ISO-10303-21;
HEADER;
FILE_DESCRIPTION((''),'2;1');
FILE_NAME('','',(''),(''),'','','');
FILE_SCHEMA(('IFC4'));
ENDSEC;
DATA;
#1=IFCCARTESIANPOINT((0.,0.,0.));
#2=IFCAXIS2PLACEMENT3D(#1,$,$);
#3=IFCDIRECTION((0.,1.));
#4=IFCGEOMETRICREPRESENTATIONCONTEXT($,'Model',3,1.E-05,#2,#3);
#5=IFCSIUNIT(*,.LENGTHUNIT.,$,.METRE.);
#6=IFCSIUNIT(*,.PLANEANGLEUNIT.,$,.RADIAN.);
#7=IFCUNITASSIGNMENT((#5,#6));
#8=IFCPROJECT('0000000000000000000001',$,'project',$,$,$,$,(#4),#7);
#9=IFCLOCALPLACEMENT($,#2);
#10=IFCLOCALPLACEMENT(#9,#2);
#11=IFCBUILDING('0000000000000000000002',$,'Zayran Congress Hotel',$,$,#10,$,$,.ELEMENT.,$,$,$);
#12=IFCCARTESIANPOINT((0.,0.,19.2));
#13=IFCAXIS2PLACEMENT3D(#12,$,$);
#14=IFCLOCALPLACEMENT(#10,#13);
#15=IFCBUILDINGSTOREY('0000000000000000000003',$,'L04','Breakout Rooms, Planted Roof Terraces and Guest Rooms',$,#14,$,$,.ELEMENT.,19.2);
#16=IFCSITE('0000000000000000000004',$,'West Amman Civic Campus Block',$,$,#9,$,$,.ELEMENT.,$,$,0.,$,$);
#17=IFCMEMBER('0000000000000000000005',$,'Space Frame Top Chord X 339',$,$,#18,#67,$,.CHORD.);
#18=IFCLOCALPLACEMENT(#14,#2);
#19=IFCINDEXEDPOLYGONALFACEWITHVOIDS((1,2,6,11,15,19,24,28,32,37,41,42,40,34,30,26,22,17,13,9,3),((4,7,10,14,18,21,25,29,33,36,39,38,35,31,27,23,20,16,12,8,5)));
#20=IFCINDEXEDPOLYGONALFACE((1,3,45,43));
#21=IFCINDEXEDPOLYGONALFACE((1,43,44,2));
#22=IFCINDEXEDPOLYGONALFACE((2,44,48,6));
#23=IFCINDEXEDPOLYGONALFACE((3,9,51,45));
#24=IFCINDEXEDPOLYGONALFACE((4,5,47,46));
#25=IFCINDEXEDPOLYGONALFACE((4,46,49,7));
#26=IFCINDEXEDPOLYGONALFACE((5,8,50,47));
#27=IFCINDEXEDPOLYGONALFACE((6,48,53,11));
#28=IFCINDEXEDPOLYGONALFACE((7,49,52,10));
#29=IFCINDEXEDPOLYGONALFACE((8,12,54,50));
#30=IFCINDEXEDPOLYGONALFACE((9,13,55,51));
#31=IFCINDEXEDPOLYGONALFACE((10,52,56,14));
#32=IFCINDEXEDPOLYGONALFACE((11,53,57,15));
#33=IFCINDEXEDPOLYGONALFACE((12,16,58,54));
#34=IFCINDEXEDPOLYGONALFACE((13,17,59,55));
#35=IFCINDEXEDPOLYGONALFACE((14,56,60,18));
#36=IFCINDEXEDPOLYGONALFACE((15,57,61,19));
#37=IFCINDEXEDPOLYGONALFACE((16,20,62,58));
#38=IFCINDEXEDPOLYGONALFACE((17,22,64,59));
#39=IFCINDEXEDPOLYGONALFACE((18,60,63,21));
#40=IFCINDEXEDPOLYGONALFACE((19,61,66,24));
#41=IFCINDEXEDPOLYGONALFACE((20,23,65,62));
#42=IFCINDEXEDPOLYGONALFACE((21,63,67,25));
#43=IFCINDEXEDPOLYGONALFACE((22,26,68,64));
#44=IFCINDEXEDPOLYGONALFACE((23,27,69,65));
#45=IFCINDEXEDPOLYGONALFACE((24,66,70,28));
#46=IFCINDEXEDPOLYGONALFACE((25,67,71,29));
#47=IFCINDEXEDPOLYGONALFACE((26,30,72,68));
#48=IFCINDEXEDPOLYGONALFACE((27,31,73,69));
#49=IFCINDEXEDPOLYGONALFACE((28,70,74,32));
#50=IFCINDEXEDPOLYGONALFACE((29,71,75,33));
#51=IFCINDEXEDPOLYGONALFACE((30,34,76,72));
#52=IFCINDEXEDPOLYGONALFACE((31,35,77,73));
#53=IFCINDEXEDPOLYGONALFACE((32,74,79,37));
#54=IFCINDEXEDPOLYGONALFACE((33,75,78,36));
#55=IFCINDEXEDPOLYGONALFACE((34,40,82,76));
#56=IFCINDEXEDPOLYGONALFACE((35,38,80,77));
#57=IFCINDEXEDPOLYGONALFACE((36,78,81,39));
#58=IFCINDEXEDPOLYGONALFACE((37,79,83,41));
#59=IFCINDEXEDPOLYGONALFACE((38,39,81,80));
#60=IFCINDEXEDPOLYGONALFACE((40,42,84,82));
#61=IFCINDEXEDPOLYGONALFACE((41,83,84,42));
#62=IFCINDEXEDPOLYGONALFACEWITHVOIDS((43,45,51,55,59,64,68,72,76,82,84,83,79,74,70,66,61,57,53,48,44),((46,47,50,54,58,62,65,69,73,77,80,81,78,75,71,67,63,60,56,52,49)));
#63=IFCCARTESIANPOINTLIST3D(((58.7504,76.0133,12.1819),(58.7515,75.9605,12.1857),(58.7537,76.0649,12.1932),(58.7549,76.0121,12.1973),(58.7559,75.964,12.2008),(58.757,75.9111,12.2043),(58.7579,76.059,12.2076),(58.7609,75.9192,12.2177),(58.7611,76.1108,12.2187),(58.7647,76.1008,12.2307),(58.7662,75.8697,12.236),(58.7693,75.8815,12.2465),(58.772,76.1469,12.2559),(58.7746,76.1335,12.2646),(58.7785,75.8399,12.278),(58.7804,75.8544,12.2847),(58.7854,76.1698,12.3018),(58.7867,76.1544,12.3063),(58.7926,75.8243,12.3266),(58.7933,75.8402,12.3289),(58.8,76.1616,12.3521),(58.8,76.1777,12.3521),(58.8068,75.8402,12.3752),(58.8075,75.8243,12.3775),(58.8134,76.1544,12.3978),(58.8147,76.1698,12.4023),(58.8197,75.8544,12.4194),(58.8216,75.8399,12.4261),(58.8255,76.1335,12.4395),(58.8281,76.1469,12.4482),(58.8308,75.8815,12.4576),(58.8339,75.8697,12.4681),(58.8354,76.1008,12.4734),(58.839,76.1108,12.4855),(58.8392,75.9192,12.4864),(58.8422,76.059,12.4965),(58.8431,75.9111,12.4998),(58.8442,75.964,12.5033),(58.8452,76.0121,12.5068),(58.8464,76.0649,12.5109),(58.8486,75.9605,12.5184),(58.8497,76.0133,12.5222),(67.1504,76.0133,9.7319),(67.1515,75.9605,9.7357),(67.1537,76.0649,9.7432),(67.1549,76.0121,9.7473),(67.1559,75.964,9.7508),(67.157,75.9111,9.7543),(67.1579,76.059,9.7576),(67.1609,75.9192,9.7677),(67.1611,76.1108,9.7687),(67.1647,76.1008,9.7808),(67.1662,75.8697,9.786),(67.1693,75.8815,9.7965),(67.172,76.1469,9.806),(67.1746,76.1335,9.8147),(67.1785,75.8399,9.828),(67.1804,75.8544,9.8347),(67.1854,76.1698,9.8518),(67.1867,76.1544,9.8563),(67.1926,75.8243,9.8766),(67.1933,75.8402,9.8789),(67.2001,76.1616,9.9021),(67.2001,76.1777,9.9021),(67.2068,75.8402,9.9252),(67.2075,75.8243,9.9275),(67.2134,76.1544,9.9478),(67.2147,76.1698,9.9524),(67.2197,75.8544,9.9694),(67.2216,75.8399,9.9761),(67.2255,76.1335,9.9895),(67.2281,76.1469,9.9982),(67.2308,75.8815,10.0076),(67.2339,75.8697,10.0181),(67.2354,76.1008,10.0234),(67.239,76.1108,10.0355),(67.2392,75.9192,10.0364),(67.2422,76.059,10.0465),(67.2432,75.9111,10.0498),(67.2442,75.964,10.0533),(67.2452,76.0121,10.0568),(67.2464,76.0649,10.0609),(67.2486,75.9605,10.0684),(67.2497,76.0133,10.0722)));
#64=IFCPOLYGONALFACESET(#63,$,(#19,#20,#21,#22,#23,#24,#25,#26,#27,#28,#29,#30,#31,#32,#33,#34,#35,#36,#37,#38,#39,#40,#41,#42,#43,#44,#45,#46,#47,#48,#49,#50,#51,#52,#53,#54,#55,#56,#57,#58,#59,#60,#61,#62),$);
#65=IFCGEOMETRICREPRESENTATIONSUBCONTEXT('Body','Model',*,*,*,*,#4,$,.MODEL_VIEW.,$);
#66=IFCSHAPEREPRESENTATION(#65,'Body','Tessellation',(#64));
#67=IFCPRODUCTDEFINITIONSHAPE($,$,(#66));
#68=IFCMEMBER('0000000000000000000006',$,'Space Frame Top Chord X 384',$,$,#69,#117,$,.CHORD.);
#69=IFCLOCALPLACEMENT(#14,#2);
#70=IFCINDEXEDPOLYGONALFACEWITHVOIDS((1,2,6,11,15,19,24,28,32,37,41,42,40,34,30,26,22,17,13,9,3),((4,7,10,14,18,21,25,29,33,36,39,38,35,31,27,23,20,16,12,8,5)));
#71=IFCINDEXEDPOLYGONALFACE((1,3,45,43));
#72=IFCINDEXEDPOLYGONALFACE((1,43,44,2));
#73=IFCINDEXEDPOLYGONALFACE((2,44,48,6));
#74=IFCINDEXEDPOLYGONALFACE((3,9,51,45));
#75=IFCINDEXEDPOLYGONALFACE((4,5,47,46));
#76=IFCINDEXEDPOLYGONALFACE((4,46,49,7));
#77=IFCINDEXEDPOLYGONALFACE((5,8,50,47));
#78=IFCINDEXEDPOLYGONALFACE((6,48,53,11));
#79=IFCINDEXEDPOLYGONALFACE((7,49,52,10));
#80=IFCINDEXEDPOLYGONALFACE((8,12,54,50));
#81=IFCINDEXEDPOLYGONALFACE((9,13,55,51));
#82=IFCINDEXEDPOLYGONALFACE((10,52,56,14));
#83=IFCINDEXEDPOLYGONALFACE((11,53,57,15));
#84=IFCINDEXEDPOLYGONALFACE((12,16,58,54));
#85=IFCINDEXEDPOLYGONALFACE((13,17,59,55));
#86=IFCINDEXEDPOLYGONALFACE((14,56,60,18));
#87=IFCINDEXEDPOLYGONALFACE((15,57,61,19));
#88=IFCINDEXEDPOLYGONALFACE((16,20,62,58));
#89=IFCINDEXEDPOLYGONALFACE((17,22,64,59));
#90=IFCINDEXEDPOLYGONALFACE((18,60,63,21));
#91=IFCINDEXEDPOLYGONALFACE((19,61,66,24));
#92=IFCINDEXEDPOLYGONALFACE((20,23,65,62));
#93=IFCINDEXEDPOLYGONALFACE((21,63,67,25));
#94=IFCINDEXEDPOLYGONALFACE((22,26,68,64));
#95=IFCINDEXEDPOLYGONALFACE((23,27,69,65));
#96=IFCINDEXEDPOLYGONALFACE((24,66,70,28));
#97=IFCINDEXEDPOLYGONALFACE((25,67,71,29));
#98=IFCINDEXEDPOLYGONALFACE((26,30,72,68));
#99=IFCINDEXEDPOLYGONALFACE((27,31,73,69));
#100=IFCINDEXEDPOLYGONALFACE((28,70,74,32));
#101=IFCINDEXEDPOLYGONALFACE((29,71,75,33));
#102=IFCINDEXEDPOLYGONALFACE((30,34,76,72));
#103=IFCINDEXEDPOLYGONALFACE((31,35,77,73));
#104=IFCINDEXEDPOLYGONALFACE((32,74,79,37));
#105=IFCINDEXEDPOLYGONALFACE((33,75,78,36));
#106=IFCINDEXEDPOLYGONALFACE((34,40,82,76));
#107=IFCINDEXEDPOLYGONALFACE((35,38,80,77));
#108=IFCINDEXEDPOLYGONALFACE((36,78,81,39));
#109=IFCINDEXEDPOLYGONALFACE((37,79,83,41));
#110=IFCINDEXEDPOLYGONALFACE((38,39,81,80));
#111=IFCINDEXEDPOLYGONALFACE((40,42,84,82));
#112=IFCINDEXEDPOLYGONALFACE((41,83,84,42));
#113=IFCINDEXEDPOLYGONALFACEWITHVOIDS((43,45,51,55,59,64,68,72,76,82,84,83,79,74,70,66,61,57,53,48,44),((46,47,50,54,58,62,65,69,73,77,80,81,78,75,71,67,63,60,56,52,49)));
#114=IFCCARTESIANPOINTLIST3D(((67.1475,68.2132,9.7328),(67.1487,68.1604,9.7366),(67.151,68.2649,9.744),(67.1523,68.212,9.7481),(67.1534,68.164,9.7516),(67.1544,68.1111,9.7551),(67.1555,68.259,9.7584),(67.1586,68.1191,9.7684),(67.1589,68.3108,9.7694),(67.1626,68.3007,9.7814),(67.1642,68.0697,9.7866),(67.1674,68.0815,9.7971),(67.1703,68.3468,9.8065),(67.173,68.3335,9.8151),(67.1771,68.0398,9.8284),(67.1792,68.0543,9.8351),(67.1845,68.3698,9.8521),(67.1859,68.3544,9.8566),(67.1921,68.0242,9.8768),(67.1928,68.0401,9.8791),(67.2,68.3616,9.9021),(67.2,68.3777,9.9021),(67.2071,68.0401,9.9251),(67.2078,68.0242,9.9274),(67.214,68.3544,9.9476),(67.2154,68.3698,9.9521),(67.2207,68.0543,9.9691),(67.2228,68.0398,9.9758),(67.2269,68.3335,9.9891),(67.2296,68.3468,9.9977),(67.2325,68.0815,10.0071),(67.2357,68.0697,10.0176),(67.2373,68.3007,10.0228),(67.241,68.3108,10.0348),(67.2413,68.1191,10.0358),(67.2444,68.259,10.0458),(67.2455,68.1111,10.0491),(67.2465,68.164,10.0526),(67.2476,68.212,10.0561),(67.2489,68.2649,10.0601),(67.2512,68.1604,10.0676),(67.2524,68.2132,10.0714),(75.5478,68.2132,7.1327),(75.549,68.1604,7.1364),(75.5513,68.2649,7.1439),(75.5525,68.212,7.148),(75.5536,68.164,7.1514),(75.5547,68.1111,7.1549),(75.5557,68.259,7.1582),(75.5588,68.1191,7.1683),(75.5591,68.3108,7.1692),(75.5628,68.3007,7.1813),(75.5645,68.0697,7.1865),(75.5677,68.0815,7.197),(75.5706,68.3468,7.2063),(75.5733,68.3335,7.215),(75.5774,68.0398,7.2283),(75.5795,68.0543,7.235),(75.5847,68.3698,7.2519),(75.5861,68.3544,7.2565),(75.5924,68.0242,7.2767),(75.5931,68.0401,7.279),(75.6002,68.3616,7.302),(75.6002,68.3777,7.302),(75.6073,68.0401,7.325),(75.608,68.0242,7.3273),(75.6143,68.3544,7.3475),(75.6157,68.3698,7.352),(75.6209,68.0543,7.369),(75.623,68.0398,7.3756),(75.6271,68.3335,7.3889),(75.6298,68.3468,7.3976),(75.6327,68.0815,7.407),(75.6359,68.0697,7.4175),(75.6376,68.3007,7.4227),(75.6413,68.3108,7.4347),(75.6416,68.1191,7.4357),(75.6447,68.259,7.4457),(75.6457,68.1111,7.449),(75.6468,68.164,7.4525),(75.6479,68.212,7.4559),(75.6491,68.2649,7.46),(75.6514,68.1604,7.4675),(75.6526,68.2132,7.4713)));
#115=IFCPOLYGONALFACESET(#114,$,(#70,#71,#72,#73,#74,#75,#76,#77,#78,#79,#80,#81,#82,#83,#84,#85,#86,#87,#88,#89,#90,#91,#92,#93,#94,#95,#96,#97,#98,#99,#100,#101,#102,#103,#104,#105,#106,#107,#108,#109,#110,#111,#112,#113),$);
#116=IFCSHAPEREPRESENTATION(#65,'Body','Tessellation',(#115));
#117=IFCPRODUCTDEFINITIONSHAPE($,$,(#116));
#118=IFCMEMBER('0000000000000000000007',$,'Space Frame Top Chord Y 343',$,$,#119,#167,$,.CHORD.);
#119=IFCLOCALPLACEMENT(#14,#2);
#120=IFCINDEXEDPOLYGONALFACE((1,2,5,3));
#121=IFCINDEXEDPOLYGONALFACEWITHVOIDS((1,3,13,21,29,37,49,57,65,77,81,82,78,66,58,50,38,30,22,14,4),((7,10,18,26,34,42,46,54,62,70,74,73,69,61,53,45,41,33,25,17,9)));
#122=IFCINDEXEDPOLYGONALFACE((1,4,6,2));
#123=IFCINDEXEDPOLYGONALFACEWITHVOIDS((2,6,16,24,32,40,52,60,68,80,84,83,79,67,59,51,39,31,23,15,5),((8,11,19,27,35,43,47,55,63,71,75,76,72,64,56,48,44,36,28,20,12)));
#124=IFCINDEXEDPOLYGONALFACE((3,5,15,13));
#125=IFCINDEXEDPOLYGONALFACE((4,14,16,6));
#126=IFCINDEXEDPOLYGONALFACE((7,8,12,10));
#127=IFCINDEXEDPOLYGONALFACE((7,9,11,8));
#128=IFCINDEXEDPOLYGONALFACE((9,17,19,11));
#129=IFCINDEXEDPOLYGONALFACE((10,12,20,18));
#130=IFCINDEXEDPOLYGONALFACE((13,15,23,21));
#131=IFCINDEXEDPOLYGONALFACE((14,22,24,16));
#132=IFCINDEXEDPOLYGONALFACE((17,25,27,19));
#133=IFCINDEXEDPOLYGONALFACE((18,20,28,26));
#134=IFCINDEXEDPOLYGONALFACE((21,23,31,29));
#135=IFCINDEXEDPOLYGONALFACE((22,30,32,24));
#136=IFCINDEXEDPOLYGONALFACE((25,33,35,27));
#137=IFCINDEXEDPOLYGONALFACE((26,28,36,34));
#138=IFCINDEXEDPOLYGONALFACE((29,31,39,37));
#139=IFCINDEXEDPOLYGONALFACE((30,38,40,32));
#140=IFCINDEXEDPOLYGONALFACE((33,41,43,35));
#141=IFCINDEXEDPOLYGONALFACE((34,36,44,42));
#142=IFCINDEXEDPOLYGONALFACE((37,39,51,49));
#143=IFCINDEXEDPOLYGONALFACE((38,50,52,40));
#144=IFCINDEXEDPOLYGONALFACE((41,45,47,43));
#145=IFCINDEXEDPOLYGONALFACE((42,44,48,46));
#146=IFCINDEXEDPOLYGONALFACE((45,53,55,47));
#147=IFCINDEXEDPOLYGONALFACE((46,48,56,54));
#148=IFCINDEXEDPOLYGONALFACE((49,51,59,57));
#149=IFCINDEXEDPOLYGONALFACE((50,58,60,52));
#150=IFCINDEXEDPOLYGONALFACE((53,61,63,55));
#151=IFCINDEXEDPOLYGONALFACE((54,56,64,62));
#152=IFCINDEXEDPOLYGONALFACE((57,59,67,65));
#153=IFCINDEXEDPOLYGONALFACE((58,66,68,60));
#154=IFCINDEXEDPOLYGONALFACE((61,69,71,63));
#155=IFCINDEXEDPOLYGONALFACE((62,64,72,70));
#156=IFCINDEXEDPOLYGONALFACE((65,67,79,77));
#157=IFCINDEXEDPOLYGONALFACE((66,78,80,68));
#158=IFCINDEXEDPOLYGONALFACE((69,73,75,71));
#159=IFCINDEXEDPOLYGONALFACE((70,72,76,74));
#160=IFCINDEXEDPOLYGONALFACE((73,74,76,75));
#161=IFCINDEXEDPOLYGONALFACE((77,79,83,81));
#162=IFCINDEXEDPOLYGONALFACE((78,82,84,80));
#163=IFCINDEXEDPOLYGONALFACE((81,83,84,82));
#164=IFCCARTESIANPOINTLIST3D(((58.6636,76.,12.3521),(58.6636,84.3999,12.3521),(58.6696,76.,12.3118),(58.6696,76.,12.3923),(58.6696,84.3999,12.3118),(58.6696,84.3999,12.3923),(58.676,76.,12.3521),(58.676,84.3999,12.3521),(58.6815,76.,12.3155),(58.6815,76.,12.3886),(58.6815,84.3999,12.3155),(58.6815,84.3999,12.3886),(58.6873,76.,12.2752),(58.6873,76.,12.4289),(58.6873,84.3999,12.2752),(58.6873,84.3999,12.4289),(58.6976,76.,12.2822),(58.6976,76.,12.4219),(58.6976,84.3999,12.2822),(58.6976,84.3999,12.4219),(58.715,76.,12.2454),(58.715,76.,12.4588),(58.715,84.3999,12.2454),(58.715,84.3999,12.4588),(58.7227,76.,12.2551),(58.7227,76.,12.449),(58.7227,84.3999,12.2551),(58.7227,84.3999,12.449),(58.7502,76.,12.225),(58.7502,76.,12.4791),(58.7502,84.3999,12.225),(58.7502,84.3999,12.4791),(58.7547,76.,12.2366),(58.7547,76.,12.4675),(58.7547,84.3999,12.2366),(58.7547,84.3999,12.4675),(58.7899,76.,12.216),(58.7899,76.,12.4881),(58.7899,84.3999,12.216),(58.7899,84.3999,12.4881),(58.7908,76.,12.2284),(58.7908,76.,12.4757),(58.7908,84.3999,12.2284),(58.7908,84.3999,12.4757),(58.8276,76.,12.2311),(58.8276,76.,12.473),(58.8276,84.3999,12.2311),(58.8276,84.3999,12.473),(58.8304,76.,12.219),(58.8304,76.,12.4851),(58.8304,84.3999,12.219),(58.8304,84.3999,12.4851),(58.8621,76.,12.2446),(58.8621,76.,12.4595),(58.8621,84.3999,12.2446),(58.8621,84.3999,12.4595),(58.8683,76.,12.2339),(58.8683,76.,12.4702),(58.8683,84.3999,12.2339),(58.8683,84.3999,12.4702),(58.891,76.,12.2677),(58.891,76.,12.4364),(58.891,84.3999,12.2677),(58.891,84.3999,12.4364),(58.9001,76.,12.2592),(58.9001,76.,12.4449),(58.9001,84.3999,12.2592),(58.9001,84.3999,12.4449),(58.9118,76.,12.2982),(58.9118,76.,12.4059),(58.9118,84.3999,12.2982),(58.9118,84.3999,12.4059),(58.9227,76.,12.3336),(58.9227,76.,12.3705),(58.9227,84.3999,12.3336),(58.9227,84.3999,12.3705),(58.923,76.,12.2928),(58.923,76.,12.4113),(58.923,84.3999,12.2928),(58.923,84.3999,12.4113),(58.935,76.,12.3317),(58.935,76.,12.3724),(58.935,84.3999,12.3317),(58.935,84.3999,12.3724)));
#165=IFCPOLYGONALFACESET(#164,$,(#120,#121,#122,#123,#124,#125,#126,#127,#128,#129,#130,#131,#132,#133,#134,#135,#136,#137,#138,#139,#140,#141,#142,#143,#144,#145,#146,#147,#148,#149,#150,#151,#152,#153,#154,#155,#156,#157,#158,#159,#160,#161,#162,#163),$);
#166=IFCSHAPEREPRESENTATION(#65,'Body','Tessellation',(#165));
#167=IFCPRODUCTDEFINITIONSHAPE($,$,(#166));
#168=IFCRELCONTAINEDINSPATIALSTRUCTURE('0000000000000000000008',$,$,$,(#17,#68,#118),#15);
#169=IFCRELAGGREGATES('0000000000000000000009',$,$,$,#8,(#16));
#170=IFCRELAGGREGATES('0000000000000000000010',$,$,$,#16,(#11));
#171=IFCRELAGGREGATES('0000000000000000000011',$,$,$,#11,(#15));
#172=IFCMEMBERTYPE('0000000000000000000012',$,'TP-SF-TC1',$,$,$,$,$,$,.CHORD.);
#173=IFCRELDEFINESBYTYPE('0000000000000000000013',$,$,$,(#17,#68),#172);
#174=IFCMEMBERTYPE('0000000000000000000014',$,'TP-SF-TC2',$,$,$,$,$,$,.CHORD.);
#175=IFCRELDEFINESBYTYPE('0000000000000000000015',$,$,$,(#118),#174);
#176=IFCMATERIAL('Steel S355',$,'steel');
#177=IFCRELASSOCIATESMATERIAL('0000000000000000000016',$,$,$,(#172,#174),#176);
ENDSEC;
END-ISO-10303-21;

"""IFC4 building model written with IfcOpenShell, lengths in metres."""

from ifc_helpers import new_model, si_unit, direction, frame, origin, origin_2d, place, context, subcontext, project, spatial, hollow_circle, extrude, material, material_profile, profile_set, type_object, element, save


model = new_model("IFC4")

# Units and contexts
model_context = context("Model", 3, precision=1e-05, world=origin(), true_north=direction((0.0, 1.0)))
body_context = subcontext(model_context, "Body", "Model", "MODEL_VIEW")
ifc_project = project(units=[si_unit("LENGTHUNIT", "METRE"), si_unit("PLANEANGLEUNIT", "RADIAN")], contexts=[model_context])

# Site, building, storey
site_placement = place(None, origin())
site = spatial("IfcSite", under=ifc_project, at=site_placement, Name="West Amman Civic Campus Block", CompositionType="ELEMENT", RefElevation=0.0)
building_placement = place(site_placement, origin())
building = spatial("IfcBuilding", under=site, at=building_placement, Name="Zayran Congress Hotel", CompositionType="ELEMENT")
storey_placement = place(building_placement, frame((0.0, 0.0, 19.2)))
storey = spatial("IfcBuildingStorey", under=building, at=storey_placement, Name="L04", Description="Breakout Rooms, Planted Roof Terraces and Guest Rooms", CompositionType="ELEMENT", Elevation=19.2)

# Members
ifc_material_1 = material(Name="Steel S355", Category="steel")
ifc_material_profile_1 = material_profile(ifc_material_1, hollow_circle(Radius=0.1777, WallThickness=0.0161, at=origin_2d()), Name="CHS 355.6x16")
ifc_profile_set_1 = profile_set([ifc_material_profile_1], Name="Steel S355")
member_type_1 = type_object("IfcMemberType", Name="TP-SF-TC1", PredefinedType="CHORD", material=ifc_profile_set_1)
member_1_placement = place(storey_placement, frame((58.8, 76.0, 12.3521), z_axis=(0.960001, 0.0, -0.279998), x_axis=(0.0, 1.0, 0.0)))
element("IfcMember", 1, at=member_1_placement, inside=storey, type_object=member_type_1, Name="Space Frame Top Chord X 339", PredefinedType="CHORD", context=body_context, shape_type="SweptSolid", body=[
    extrude(hollow_circle(Radius=0.1777, WallThickness=0.0161, at=origin_2d()), origin(), (0.0, 0.0, 1.0), 8.75),
])
member_2_placement = place(storey_placement, frame((67.2, 68.2, 9.9021), z_axis=(0.955284, 0.0, -0.295689), x_axis=(0.0, 1.0, 0.0)))
element("IfcMember", 2, at=member_2_placement, inside=storey, type_object=member_type_1, Name="Space Frame Top Chord X 384", PredefinedType="CHORD", context=body_context, shape_type="SweptSolid", body=[
    extrude(hollow_circle(Radius=0.1777, WallThickness=0.0161, at=origin_2d()), origin(), (0.0, 0.0, 1.0), 8.7935),
])
ifc_material_profile_2 = material_profile(ifc_material_1, hollow_circle(Radius=0.1365, WallThickness=0.0125, at=origin_2d()), Name="CHS 273x12.5")
ifc_profile_set_2 = profile_set([ifc_material_profile_2], Name="Steel S355")
member_type_2 = type_object("IfcMemberType", Name="TP-SF-TC2", PredefinedType="CHORD", material=ifc_profile_set_2)
member_3_placement = place(storey_placement, frame((58.8, 76.0, 12.3521), z_axis=(0.0, 1.0, 0.0), x_axis=(-1.0, 0.0, 0.0)))
element("IfcMember", 3, at=member_3_placement, inside=storey, type_object=member_type_2, Name="Space Frame Top Chord Y 343", PredefinedType="CHORD", context=body_context, shape_type="SweptSolid", body=[
    extrude(hollow_circle(Radius=0.1365, WallThickness=0.0125, at=origin_2d()), origin(), (0.0, 0.0, 1.0), 8.3999),
])

save(model, "model.ifc")
